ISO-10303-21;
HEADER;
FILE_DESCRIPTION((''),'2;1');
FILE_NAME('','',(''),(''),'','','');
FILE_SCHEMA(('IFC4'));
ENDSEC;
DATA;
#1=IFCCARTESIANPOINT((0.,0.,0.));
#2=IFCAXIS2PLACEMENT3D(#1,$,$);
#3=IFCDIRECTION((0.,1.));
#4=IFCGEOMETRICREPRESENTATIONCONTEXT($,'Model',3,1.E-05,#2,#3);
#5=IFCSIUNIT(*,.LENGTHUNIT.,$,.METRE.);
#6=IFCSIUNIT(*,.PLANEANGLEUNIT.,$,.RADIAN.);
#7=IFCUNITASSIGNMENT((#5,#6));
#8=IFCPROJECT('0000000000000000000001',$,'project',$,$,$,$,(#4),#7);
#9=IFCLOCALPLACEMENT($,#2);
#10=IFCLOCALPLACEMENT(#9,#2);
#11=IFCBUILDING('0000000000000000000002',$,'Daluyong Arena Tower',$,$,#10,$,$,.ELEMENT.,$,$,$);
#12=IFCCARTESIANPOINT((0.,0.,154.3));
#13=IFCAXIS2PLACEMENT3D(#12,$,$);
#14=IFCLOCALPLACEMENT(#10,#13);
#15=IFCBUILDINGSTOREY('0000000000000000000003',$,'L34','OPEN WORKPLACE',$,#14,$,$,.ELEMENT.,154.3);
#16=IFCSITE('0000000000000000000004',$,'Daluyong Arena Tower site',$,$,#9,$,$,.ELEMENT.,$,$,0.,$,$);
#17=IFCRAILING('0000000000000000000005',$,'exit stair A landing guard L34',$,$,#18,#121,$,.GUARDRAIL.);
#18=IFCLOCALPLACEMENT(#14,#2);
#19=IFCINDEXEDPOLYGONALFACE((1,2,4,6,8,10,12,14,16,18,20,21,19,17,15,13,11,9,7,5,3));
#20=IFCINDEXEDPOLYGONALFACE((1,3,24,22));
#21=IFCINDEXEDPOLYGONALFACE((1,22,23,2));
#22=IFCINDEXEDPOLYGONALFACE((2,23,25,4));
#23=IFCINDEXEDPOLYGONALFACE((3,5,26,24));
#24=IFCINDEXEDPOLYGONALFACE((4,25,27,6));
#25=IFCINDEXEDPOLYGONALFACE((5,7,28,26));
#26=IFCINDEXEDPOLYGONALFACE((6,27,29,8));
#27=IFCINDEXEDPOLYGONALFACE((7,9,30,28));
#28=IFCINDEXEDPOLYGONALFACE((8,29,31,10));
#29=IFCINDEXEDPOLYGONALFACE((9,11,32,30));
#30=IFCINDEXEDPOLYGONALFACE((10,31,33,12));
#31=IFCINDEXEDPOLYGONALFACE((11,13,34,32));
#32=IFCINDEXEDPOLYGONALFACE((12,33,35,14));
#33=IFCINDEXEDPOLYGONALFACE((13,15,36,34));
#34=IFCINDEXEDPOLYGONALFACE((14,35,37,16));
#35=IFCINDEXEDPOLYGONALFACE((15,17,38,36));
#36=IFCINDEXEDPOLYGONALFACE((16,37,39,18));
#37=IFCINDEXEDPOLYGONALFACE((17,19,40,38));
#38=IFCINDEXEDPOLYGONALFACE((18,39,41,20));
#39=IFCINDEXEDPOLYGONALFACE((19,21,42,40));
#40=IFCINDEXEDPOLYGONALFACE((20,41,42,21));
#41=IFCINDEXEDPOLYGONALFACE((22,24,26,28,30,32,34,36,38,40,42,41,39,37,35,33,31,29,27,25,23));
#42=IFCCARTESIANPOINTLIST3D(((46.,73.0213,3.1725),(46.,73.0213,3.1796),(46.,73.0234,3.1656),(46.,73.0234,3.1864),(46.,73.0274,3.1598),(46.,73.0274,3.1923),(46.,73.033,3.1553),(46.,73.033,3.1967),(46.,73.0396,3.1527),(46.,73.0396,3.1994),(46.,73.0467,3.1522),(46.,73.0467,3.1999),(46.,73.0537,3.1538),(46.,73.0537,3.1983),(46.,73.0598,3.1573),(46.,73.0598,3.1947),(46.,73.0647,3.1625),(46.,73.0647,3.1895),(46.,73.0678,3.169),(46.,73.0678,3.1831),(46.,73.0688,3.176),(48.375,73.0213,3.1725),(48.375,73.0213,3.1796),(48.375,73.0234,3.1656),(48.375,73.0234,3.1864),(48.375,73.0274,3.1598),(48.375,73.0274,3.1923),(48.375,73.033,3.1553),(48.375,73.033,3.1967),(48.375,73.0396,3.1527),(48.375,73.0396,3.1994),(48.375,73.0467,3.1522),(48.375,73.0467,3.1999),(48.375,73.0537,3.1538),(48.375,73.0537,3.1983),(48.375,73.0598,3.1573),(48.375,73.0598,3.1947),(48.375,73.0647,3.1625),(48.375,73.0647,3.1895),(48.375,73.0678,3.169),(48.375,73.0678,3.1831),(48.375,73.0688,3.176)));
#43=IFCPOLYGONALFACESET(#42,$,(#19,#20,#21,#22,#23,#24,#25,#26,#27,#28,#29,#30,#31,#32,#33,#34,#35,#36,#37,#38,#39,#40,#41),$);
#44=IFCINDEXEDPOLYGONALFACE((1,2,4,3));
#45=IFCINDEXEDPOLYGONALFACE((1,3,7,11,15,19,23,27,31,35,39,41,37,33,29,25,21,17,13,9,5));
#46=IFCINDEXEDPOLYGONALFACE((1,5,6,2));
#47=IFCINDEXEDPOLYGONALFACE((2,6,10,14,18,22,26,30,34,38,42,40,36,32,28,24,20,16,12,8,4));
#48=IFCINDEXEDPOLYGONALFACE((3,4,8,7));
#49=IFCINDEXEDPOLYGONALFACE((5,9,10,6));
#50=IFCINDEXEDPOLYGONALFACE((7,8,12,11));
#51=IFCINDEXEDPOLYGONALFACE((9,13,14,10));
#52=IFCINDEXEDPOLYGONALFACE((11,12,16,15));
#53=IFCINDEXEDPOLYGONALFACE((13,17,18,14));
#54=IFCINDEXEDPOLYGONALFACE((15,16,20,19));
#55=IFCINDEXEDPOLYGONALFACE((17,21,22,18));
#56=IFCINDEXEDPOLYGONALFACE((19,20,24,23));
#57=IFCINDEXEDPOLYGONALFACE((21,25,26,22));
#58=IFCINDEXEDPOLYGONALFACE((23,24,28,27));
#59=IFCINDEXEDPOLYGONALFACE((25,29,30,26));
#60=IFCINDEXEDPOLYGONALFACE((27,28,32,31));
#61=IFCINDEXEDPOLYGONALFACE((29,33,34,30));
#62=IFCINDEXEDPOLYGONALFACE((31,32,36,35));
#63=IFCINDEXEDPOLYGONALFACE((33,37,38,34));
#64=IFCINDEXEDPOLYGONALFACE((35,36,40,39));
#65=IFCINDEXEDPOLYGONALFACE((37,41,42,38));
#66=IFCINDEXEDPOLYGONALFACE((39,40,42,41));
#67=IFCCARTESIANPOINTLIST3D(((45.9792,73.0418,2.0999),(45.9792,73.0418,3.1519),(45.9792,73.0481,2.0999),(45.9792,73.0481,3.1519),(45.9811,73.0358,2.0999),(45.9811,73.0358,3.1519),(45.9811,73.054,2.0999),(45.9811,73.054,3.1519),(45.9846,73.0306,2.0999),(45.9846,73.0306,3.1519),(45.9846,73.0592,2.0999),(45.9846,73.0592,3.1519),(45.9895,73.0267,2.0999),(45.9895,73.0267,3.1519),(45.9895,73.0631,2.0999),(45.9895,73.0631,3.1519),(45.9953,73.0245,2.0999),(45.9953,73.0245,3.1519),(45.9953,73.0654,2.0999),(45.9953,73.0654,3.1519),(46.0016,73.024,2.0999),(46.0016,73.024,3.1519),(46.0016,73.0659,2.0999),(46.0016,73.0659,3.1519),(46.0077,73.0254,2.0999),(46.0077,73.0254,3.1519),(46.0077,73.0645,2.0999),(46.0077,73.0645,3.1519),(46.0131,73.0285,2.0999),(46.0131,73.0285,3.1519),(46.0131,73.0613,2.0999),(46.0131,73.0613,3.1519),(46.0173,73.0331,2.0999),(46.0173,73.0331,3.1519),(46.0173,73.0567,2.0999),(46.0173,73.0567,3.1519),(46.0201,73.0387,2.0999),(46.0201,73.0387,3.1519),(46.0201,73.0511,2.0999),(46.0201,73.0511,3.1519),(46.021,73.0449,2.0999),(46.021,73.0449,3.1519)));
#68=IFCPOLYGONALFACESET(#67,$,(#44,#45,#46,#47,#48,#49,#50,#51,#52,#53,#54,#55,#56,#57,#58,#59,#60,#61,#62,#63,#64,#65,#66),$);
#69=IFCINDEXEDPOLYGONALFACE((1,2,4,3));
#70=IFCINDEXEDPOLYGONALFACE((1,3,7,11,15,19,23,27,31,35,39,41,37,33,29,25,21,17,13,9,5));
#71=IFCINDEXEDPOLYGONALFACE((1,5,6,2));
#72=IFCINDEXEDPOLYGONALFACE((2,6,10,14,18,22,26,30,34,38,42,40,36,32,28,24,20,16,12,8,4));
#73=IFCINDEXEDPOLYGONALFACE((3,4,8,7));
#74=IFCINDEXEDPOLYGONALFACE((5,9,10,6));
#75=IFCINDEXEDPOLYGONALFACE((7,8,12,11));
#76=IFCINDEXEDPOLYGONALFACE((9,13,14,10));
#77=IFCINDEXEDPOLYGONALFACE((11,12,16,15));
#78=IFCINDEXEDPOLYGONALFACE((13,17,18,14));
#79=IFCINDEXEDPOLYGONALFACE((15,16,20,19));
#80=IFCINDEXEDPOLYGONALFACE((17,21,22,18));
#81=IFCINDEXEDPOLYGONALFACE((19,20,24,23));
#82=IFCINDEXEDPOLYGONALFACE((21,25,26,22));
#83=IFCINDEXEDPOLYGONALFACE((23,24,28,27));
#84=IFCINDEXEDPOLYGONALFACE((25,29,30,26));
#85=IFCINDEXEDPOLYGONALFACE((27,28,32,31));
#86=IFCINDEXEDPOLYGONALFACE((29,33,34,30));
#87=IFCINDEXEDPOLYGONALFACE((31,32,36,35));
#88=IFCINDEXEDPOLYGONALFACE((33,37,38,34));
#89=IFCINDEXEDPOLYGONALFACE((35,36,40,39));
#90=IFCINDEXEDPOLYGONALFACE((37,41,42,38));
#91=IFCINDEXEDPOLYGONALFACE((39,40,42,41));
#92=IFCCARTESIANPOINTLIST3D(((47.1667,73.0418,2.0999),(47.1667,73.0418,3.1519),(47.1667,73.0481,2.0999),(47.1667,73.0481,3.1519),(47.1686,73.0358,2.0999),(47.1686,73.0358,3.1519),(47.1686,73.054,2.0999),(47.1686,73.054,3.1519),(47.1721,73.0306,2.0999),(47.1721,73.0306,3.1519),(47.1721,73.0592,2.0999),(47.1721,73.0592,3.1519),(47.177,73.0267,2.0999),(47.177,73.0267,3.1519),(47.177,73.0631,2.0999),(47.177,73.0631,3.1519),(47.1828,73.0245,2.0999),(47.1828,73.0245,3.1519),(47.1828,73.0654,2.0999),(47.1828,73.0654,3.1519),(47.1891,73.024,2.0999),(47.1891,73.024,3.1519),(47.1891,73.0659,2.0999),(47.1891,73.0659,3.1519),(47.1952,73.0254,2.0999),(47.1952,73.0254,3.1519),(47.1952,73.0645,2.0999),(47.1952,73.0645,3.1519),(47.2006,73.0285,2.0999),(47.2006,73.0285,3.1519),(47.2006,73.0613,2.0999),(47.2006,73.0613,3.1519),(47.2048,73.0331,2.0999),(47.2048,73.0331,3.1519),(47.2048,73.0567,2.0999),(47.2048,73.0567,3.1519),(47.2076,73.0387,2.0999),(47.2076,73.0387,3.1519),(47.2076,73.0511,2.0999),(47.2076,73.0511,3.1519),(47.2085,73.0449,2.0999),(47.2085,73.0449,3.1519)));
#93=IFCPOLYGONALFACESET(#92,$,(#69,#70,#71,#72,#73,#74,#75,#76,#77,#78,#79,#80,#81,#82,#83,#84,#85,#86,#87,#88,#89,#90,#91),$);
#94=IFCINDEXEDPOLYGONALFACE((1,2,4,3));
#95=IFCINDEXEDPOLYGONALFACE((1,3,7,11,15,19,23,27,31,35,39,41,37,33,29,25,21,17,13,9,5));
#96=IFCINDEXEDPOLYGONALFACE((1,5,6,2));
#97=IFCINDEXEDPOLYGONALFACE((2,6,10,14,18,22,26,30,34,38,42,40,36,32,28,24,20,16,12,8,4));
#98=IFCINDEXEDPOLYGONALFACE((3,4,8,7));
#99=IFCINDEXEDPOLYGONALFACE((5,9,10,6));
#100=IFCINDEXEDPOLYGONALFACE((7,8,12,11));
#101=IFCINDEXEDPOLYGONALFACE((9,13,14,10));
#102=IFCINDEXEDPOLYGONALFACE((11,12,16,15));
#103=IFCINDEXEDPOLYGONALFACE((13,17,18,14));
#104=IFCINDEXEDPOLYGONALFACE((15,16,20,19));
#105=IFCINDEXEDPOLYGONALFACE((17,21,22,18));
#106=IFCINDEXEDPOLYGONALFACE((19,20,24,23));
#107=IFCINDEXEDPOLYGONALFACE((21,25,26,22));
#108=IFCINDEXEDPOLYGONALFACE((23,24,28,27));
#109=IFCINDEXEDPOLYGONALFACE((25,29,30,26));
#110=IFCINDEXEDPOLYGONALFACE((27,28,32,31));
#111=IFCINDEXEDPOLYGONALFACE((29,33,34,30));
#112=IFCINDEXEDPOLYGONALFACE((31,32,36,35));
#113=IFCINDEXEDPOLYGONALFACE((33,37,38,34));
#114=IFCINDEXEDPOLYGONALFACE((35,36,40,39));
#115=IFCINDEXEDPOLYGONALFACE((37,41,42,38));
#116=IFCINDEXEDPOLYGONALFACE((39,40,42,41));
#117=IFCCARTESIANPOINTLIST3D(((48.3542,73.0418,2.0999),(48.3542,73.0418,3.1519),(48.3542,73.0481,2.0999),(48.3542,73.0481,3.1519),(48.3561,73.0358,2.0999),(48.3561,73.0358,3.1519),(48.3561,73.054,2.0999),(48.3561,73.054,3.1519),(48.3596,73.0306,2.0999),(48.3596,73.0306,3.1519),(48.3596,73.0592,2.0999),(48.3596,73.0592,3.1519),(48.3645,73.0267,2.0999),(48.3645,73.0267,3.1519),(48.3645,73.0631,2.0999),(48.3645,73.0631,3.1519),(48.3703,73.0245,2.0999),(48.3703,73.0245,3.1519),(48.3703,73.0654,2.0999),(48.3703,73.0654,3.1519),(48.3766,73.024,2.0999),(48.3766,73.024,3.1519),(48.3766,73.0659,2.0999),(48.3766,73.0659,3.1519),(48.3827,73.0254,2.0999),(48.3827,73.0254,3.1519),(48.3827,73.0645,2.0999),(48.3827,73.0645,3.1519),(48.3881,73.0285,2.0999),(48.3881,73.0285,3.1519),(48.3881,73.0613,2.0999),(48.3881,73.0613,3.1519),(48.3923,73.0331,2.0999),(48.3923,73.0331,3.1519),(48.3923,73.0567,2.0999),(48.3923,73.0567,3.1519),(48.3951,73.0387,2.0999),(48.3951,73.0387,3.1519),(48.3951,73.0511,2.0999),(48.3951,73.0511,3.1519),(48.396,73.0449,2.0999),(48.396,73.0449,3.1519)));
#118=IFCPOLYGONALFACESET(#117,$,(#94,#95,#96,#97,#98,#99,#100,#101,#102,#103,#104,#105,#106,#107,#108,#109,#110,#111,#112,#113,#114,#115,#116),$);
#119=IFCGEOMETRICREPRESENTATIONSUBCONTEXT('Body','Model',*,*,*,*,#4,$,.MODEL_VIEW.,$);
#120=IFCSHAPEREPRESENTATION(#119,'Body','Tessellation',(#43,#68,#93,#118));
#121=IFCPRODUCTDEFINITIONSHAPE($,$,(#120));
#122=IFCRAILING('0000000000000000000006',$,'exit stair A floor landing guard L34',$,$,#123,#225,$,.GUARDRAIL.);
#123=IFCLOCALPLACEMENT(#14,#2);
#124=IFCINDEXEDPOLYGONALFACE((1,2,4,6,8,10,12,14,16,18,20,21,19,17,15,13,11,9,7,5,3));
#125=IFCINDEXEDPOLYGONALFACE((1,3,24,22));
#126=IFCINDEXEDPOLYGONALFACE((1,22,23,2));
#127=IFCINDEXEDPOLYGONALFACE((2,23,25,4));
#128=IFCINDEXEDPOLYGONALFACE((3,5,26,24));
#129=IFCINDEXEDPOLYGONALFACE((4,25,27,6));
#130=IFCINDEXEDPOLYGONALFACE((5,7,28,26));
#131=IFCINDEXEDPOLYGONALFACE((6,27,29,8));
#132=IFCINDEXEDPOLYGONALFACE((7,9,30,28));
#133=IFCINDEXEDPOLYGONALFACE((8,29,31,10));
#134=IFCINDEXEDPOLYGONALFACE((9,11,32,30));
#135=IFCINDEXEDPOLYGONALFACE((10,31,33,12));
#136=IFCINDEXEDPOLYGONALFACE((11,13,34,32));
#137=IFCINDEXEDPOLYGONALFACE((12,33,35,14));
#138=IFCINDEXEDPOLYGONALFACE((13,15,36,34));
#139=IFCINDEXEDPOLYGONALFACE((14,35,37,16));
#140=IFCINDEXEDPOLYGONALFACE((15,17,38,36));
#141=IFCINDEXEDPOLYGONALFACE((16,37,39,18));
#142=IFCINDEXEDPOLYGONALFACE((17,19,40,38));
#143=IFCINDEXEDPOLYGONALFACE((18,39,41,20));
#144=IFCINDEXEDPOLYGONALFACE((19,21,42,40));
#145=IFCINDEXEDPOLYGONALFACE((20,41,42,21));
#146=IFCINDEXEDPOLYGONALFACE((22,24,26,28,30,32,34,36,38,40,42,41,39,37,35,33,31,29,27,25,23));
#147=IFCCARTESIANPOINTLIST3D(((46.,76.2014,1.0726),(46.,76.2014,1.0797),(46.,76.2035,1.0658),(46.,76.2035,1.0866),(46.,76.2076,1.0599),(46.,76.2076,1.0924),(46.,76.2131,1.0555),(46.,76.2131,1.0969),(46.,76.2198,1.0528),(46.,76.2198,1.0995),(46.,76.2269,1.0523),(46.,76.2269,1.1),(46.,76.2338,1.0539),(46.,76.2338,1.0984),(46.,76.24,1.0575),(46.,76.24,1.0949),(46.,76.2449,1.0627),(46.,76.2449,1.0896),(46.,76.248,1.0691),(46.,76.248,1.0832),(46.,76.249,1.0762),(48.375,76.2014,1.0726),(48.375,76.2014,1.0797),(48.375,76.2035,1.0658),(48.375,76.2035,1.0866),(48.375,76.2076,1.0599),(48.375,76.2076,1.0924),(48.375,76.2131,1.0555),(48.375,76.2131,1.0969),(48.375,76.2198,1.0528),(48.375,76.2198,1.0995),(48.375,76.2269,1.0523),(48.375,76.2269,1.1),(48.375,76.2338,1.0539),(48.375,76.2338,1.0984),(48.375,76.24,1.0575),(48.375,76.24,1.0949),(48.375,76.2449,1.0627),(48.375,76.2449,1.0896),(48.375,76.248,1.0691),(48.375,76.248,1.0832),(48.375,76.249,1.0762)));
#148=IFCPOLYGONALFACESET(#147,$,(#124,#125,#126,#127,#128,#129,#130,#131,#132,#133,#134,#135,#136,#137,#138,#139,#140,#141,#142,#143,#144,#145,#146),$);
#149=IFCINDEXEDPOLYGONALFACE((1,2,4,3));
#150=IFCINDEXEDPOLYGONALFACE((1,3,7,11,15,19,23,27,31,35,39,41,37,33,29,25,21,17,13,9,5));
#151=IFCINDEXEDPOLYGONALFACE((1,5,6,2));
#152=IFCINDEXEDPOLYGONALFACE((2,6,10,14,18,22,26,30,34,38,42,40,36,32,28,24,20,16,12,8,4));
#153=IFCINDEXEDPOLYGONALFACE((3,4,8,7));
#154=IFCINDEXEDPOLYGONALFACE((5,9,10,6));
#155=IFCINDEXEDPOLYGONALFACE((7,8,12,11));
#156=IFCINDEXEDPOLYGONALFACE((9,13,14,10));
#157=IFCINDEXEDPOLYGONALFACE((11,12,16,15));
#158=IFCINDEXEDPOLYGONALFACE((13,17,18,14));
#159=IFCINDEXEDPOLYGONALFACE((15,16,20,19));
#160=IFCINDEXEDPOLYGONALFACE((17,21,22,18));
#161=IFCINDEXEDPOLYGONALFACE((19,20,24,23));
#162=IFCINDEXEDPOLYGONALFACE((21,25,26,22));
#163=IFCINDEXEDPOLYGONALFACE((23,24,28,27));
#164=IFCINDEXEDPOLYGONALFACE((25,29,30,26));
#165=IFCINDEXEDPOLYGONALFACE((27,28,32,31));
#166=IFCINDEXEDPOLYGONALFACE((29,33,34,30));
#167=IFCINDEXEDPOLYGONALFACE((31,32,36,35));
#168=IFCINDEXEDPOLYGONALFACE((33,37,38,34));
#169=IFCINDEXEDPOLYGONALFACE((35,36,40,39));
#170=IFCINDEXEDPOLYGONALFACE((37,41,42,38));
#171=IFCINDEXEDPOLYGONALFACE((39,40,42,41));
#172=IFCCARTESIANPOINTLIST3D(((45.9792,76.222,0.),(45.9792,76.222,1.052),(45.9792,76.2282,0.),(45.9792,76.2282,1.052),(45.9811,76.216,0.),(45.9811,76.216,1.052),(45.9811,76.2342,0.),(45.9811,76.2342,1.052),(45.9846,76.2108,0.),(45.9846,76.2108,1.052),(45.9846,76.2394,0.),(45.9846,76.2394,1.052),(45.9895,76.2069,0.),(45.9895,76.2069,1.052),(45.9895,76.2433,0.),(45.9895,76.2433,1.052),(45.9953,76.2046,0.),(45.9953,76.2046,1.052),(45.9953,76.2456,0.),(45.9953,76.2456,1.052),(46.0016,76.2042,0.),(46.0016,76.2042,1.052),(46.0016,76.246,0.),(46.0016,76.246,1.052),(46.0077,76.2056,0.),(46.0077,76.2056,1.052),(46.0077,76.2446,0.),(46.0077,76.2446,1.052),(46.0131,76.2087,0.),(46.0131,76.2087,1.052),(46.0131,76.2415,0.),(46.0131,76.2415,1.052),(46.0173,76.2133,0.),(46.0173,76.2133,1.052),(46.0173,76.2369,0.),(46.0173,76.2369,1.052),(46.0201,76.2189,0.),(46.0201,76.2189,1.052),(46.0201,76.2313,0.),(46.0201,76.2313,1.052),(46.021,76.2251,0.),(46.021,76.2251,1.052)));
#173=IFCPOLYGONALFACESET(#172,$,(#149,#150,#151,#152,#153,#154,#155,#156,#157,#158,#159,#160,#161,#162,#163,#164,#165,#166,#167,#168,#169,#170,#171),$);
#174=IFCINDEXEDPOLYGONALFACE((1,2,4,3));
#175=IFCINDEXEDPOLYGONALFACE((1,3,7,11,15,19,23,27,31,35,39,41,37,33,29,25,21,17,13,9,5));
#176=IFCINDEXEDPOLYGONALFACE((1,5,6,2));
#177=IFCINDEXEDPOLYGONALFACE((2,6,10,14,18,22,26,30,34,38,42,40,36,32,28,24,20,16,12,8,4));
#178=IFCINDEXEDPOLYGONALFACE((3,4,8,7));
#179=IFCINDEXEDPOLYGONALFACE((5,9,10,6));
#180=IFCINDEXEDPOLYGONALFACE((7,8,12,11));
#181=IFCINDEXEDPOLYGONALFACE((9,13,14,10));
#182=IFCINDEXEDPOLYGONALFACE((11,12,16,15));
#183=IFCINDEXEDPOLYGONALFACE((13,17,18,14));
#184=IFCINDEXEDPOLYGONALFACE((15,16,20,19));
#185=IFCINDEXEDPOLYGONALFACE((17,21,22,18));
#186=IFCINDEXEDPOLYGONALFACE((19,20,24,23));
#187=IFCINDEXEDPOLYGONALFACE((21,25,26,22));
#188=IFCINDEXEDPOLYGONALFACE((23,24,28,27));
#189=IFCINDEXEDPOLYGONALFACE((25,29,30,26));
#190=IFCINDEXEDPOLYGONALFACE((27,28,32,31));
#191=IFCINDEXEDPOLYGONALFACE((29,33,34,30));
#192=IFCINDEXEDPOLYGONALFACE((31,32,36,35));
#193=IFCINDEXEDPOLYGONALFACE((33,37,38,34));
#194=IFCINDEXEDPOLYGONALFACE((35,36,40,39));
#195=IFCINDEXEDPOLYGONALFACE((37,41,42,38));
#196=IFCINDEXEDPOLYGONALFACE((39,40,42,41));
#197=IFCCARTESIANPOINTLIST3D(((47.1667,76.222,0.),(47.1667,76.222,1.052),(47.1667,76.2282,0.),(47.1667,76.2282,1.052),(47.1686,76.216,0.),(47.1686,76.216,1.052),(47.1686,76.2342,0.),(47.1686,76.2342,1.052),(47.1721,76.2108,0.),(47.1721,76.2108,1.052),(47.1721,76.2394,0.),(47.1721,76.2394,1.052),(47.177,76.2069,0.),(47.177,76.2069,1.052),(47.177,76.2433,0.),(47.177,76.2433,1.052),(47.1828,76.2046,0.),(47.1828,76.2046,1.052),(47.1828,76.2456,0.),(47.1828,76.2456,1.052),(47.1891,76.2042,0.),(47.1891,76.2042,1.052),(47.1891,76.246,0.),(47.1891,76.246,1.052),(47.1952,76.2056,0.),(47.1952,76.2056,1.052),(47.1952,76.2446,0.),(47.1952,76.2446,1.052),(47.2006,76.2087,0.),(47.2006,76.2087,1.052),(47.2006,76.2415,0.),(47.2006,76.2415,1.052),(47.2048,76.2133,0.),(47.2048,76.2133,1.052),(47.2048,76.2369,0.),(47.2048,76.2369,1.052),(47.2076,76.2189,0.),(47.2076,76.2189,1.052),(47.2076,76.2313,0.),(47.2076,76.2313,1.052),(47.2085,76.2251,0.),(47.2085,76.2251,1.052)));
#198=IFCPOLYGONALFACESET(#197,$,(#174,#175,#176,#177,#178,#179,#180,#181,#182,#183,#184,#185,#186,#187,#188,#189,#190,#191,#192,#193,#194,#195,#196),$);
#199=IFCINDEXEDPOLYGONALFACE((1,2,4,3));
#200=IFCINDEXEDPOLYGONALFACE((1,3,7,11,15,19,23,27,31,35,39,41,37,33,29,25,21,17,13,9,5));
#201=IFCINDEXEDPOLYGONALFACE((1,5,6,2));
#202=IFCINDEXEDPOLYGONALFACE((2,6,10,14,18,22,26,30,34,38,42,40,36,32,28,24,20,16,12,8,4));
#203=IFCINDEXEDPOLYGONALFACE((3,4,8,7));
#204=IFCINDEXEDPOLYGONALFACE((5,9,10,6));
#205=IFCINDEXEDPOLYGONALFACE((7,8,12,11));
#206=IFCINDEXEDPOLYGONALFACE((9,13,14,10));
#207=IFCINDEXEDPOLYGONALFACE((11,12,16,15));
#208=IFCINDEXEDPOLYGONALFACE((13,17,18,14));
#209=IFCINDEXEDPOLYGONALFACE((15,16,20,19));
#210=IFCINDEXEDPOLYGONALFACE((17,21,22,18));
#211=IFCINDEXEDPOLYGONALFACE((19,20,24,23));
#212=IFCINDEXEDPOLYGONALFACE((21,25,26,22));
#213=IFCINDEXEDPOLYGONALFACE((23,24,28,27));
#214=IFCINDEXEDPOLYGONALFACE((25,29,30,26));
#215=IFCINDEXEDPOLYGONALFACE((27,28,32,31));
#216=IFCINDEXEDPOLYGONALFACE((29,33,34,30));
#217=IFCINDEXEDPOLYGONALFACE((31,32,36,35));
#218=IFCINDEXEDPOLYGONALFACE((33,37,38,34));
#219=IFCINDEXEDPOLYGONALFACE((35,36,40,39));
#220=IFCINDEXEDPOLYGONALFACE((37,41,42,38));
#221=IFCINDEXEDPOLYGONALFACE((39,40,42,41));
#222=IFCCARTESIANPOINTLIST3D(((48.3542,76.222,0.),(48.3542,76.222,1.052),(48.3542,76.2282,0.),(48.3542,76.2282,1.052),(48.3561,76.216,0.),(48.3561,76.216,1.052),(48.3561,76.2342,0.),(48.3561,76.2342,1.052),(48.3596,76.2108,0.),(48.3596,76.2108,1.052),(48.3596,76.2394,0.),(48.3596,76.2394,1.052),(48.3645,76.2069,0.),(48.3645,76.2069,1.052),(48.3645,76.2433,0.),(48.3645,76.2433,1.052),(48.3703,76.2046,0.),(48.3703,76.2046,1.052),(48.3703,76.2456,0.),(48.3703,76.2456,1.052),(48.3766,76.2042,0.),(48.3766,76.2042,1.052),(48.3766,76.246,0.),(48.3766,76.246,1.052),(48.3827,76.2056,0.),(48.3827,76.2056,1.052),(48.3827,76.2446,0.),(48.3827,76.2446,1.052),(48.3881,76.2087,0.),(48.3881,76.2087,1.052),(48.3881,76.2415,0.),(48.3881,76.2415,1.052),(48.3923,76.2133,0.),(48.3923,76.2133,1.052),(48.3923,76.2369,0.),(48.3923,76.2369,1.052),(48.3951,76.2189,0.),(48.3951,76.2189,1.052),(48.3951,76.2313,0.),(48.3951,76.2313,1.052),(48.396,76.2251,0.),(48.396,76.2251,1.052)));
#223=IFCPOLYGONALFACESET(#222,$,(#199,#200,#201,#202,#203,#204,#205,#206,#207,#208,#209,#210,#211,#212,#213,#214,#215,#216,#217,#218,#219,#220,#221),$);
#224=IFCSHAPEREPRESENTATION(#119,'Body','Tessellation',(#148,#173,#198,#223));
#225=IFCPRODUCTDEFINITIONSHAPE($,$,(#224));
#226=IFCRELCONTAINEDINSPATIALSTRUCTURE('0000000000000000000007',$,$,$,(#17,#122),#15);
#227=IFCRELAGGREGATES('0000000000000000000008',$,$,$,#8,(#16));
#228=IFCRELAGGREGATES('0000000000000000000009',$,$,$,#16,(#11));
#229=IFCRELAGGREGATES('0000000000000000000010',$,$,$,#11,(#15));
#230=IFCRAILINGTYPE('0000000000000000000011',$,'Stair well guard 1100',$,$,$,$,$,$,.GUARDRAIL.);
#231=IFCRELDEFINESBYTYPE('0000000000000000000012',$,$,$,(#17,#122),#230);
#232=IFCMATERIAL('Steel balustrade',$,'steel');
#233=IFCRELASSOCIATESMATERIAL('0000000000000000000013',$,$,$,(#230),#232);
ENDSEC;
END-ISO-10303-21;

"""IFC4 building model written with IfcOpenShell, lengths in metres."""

from ifc_helpers import new_model, si_unit, direction, frame, origin, origin_2d, place, context, subcontext, project, spatial, circle, extrude, material, type_object, element, save


model = new_model("IFC4")

# Units and contexts
model_context = context("Model", 3, precision=1e-05, world=origin(), true_north=direction((0.0, 1.0)))
body_context = subcontext(model_context, "Body", "Model", "MODEL_VIEW")
ifc_project = project(units=[si_unit("LENGTHUNIT", "METRE"), si_unit("PLANEANGLEUNIT", "RADIAN")], contexts=[model_context])

# Site, building, storey
site_placement = place(None, origin())
site = spatial("IfcSite", under=ifc_project, at=site_placement, Name="Daluyong Arena Tower site", CompositionType="ELEMENT", RefElevation=0.0)
building_placement = place(site_placement, origin())
building = spatial("IfcBuilding", under=site, at=building_placement, Name="Daluyong Arena Tower", CompositionType="ELEMENT")
storey_placement = place(building_placement, frame((0.0, 0.0, 154.3)))
storey = spatial("IfcBuildingStorey", under=building, at=storey_placement, Name="L34", Description="OPEN WORKPLACE", CompositionType="ELEMENT", Elevation=154.3)

# Railings
ifc_material_1 = material(Name="Steel balustrade", Category="steel")
railing_type_1 = type_object("IfcRailingType", Name="Stair well guard 1100", PredefinedType="GUARDRAIL", material=ifc_material_1)
for number, where, name in (
    (1, (46.0, 73.0449, 2.0999), "exit stair A landing guard L34"),
    (2, (46.0, 76.2251, 0.0), "exit stair A floor landing guard L34"),
):
    element("IfcRailing", number, at=place(storey_placement, frame(where)), inside=storey, type_object=railing_type_1, Name=name, PredefinedType="GUARDRAIL", context=body_context, shape_type="SweptSolid", body=[
        extrude(circle(Radius=0.0239, at=origin_2d()), frame((0.0, 0.0, 1.0762), z_axis=(1.0, 0.0, 0.0), x_axis=(0.0, 1.0, 0.0)), (0.0, 0.0, 1.0), 2.375),
        extrude(circle(Radius=0.021, at=origin_2d()), origin(), (0.0, 0.0, 1.0), 1.052),
        extrude(circle(Radius=0.021, at=origin_2d()), frame((1.1875, 0.0, 0.0)), (0.0, 0.0, 1.0), 1.052),
        extrude(circle(Radius=0.021, at=origin_2d()), frame((2.375, 0.0, 0.0)), (0.0, 0.0, 1.0), 1.052),
    ])

save(model, "model.ifc")
